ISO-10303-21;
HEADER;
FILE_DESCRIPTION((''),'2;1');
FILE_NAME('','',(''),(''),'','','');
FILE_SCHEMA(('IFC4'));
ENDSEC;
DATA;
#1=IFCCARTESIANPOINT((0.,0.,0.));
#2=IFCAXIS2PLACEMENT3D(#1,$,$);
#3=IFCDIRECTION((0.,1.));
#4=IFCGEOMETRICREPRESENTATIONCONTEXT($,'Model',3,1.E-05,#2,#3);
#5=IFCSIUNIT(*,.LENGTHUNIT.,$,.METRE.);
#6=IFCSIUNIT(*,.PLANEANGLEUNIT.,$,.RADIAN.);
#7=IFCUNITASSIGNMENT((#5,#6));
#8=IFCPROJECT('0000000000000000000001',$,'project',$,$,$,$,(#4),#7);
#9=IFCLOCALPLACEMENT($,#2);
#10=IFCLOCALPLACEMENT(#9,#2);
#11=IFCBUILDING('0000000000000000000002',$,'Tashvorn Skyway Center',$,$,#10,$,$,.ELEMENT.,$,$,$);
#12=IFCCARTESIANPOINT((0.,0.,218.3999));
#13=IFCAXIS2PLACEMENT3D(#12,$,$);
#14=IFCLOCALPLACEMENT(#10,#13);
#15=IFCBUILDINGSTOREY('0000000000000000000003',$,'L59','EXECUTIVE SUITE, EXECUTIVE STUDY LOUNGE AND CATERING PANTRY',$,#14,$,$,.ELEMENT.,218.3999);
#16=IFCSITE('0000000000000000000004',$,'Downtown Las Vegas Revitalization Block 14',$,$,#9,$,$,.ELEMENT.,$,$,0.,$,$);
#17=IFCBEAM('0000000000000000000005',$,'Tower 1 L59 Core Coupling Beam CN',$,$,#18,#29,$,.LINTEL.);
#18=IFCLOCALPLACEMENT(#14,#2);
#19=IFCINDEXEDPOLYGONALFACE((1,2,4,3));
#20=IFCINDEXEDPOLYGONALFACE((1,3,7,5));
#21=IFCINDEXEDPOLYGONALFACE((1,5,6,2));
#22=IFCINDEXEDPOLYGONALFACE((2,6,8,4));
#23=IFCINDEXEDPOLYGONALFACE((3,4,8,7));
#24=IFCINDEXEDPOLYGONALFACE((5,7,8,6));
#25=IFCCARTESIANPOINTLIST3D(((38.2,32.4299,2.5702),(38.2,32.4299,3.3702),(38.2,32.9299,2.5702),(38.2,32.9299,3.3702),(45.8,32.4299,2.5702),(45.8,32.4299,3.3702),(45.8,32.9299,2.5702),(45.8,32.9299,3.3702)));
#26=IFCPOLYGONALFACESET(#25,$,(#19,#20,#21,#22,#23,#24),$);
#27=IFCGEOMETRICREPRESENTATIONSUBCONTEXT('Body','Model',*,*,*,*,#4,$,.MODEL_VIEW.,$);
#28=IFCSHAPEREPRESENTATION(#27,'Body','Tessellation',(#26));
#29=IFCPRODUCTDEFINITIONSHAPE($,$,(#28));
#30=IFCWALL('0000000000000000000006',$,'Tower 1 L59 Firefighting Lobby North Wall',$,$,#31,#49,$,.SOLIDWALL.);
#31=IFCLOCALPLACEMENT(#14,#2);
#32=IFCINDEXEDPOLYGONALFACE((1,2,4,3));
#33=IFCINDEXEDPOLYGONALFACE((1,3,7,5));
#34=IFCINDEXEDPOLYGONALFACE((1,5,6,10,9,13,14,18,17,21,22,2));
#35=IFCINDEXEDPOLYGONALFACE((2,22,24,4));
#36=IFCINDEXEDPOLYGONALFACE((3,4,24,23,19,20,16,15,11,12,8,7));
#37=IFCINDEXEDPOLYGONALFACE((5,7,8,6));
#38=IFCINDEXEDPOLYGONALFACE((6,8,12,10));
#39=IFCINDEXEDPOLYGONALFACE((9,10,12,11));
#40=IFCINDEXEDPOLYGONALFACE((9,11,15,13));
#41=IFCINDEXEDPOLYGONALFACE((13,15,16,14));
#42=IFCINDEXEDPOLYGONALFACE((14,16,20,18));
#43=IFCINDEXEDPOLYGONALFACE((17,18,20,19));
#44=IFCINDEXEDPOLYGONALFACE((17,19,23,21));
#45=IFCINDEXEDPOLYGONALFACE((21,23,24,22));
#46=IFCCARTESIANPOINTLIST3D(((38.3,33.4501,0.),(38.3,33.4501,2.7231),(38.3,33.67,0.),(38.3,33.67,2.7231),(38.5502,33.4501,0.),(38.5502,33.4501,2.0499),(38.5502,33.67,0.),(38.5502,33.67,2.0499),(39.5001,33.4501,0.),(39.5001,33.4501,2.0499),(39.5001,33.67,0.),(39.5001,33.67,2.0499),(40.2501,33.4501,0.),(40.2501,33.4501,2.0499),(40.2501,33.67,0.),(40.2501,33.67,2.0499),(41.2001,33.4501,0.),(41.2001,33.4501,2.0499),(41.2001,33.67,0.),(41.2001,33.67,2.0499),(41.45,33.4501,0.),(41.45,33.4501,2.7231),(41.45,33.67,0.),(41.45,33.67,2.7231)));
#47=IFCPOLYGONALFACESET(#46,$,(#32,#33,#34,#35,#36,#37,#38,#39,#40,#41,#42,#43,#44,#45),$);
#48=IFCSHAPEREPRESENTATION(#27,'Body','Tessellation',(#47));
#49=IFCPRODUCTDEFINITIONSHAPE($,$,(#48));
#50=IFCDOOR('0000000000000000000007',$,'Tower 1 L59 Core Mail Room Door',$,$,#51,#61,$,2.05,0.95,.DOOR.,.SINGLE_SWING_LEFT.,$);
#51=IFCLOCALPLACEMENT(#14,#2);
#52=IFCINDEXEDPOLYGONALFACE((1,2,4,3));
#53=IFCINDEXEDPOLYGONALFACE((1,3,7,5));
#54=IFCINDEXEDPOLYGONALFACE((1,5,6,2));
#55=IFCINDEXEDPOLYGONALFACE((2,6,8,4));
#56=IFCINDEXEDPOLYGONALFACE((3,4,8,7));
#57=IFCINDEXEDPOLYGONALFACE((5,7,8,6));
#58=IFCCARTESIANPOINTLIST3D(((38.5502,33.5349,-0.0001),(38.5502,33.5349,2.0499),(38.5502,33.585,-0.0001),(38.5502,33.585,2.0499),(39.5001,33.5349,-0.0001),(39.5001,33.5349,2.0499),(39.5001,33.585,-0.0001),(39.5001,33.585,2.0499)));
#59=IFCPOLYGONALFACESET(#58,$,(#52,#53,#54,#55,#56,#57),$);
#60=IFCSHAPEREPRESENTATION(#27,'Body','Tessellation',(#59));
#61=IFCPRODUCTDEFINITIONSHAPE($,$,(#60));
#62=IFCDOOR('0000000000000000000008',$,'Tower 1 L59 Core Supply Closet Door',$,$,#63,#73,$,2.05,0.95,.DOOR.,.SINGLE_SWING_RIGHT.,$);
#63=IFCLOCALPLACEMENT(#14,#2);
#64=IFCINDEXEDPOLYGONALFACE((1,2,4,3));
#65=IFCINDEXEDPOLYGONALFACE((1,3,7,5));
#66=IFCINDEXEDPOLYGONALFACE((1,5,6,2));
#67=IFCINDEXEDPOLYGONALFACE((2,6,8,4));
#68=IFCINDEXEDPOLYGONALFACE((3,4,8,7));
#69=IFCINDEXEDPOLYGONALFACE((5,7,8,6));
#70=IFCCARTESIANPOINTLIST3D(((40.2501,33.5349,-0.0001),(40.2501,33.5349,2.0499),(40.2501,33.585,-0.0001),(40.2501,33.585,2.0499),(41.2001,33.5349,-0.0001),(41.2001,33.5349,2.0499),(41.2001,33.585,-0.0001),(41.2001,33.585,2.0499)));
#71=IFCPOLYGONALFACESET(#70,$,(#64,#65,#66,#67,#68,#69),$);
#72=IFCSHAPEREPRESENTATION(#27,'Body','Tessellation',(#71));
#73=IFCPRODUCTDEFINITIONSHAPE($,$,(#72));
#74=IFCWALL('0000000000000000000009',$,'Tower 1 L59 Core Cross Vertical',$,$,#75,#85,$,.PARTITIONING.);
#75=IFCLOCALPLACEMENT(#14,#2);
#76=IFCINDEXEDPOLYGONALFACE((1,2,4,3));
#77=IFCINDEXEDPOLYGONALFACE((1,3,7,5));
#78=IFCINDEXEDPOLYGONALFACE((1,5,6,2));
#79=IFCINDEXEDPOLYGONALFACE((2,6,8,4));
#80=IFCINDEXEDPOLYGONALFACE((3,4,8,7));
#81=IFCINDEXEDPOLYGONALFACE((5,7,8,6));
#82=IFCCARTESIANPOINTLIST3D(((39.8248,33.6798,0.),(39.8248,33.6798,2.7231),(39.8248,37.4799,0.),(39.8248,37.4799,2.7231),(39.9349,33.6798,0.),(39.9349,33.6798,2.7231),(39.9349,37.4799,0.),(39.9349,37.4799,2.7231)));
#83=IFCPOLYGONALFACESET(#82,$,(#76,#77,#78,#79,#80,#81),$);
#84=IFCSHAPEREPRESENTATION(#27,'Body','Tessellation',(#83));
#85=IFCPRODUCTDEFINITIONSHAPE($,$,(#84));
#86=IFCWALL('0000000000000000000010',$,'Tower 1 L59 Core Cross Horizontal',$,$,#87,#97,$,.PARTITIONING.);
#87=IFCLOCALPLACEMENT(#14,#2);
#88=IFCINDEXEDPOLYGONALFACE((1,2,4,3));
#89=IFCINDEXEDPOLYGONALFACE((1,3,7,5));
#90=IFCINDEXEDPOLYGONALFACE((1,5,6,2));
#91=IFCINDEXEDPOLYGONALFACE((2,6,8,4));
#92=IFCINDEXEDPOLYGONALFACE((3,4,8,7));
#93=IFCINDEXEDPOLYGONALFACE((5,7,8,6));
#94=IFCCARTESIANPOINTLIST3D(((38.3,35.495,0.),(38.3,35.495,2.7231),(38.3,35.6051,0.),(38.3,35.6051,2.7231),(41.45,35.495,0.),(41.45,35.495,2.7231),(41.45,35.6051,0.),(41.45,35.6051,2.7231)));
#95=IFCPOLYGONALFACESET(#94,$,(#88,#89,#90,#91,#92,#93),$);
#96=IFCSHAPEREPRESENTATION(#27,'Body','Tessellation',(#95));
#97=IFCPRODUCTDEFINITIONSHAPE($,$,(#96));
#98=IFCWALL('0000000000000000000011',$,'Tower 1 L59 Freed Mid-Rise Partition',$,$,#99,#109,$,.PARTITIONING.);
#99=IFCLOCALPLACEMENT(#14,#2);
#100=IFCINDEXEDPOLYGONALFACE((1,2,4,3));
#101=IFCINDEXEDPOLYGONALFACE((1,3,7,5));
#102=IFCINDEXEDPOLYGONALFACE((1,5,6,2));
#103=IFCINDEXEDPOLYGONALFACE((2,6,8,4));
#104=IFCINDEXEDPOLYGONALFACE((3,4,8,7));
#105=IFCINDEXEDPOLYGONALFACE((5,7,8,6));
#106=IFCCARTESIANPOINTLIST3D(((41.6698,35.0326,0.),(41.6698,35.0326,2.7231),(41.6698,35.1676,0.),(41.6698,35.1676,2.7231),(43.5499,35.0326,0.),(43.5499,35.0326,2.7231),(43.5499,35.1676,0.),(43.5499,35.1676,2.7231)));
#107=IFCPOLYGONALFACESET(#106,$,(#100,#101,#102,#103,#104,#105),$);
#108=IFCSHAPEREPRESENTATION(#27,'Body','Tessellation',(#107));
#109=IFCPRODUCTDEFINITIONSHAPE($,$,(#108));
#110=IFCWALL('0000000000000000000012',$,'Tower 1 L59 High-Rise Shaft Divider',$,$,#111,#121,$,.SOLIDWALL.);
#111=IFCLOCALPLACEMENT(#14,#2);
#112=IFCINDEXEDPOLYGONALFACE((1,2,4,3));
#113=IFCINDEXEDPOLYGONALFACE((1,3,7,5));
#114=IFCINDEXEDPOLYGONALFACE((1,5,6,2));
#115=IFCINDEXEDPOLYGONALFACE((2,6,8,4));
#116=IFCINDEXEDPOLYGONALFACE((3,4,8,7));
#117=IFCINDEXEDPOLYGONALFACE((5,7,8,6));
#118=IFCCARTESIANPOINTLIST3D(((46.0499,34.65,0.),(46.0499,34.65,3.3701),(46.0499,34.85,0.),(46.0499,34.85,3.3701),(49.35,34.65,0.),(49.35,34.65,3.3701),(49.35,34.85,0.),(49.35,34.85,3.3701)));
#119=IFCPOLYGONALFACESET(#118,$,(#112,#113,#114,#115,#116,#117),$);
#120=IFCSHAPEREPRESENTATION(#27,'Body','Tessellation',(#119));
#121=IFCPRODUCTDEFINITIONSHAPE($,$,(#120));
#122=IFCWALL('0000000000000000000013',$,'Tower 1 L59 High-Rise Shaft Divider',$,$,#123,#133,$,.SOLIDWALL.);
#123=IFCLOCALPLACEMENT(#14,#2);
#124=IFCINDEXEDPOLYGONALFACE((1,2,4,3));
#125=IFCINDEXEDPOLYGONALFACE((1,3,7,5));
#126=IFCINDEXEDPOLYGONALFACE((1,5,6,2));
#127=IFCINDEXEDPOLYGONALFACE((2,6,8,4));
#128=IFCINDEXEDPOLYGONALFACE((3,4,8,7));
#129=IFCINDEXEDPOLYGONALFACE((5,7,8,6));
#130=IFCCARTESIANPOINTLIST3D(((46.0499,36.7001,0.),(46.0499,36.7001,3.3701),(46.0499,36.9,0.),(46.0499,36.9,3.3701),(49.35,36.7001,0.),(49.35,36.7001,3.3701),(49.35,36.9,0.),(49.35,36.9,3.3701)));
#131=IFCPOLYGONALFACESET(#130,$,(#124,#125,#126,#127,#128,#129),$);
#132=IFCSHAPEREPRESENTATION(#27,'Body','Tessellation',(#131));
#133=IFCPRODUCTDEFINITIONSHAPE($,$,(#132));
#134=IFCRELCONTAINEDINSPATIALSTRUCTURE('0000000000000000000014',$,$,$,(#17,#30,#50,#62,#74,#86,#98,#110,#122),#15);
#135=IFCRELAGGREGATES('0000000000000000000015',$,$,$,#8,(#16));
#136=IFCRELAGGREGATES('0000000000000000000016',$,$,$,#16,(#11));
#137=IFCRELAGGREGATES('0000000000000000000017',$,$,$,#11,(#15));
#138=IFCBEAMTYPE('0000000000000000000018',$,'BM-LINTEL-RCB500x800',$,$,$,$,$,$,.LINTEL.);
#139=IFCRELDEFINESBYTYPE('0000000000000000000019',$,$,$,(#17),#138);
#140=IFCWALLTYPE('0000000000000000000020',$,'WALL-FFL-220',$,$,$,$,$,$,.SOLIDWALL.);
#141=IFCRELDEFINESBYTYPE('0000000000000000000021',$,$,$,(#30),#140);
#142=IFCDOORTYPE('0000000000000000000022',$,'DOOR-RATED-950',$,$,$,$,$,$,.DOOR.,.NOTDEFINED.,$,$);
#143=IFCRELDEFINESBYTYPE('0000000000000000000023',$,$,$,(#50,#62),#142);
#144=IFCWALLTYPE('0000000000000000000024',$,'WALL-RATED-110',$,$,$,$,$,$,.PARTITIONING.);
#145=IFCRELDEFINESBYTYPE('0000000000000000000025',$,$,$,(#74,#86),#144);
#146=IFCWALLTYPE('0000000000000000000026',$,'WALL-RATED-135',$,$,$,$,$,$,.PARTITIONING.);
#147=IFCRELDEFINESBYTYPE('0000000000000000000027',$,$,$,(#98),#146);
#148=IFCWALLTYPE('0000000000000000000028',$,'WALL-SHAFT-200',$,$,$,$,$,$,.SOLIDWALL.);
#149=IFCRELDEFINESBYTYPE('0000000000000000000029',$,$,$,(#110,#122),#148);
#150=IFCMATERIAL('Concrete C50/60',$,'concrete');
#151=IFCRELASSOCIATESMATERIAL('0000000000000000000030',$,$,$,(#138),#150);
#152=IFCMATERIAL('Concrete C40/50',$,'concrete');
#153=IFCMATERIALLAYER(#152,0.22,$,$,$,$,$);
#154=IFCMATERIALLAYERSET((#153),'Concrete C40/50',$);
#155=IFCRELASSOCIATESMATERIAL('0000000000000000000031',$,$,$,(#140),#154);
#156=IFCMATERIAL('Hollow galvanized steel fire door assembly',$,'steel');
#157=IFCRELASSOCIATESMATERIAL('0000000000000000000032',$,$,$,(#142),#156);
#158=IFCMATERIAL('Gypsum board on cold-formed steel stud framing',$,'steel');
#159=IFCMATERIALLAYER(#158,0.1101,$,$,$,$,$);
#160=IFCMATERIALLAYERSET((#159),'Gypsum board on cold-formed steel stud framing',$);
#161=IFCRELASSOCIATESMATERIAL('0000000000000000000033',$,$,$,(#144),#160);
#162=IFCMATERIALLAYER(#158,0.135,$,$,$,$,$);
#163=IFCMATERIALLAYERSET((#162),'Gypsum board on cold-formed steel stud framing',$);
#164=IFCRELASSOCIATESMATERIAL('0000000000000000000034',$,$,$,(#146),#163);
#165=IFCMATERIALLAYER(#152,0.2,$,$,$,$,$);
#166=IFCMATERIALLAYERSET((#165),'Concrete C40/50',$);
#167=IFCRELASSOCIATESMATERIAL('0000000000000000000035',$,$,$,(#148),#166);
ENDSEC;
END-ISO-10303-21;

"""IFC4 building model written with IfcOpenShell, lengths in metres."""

from ifc_helpers import new_model, si_unit, direction, frame, frame_2d, origin, origin_2d, place, context, subcontext, project, spatial, rectangle, extrude, material, layer, layer_set, material_profile, profile_set, type_object, element, fill, save


model = new_model("IFC4")

# Units and contexts
model_context = context("Model", 3, precision=1e-05, world=origin(), true_north=direction((0.0, 1.0)))
body_context = subcontext(model_context, "Body", "Model", "MODEL_VIEW")
ifc_project = project(units=[si_unit("LENGTHUNIT", "METRE"), si_unit("PLANEANGLEUNIT", "RADIAN")], contexts=[model_context])

# Site, building, storey
site_placement = place(None, origin())
site = spatial("IfcSite", under=ifc_project, at=site_placement, Name="Downtown Las Vegas Revitalization Block 14", CompositionType="ELEMENT", RefElevation=0.0)
building_placement = place(site_placement, origin())
building = spatial("IfcBuilding", under=site, at=building_placement, Name="Tashvorn Skyway Center", CompositionType="ELEMENT")
storey_placement = place(building_placement, frame((0.0, 0.0, 218.3999)))
storey = spatial("IfcBuildingStorey", under=building, at=storey_placement, Name="L59", Description="EXECUTIVE SUITE, EXECUTIVE STUDY LOUNGE AND CATERING PANTRY", CompositionType="ELEMENT", Elevation=218.3999)

# Beam
ifc_material_1 = material(Name="Concrete C50/60", Category="concrete")
ifc_material_profile = material_profile(ifc_material_1, rectangle(XDim=0.5, YDim=0.8, at=origin_2d()), Name="RCB500x800")
ifc_profile_set = profile_set([ifc_material_profile], Name="Concrete C50/60")
beam_type = type_object("IfcBeamType", Name="BM-LINTEL-RCB500x800", PredefinedType="LINTEL", material=ifc_profile_set)
beam_placement = place(storey_placement, frame((38.2, 32.6799, 2.9702), z_axis=(1.0, 0.0, 0.0), x_axis=(0.0, 1.0, 0.0)))
element("IfcBeam", 1, at=beam_placement, inside=storey, type_object=beam_type, Name="Tower 1 L59 Core Coupling Beam CN", PredefinedType="LINTEL", context=body_context, shape_type="SweptSolid", body=[
    extrude(rectangle(XDim=0.5, YDim=0.8, at=origin_2d()), origin(), (0.0, 0.0, 1.0), 7.6001),
])

# Wall, openings, doors
ifc_material_2 = material(Name="Concrete C40/50", Category="concrete")
ifc_layer_1 = layer(ifc_material_2, 0.22)
ifc_layer_set_1 = layer_set([ifc_layer_1], Name="Concrete C40/50")
wall_type_1 = type_object("IfcWallType", Name="WALL-FFL-220", PredefinedType="SOLIDWALL", material=ifc_layer_set_1)
wall_1_placement = place(storey_placement, frame((38.3, 33.5601, 0.0), z_axis=(0.0, 0.0, 1.0), x_axis=(1.0, 0.0, 0.0)))
wall_1 = element("IfcWall", 2, at=wall_1_placement, inside=storey, type_object=wall_type_1, Name="Tower 1 L59 Firefighting Lobby North Wall", PredefinedType="SOLIDWALL", context=body_context, shape_type="SweptSolid", body=[
    extrude(rectangle(XDim=3.1499, YDim=0.22, at=frame_2d((1.575, 0.0))), origin(), (0.0, 0.0, 1.0), 2.7231),
])
opening_1_placement = place(wall_1_placement, frame((0.25, 0.0, 0.0)))
opening_1 = element("IfcOpeningElement", 3, at=opening_1_placement, cuts=wall_1, PredefinedType="OPENING", context=body_context, shape_type="SweptSolid", body=[
    extrude(rectangle(XDim=0.95, YDim=2.05, at=frame_2d((0.4751, 1.0249))), frame((0.0, 0.1199, 0.0), z_axis=(0.0, -1.0, 0.0), x_axis=(1.0, 0.0, 0.0)), (0.0, 0.0, 1.0), 0.24),
])
opening_2_placement = place(wall_1_placement, frame((1.95, 0.0, 0.0)))
opening_2 = element("IfcOpeningElement", 4, at=opening_2_placement, cuts=wall_1, PredefinedType="OPENING", context=body_context, shape_type="SweptSolid", body=[
    extrude(rectangle(XDim=0.95, YDim=2.05, at=frame_2d((0.4751, 1.0249))), frame((0.0, 0.1199, 0.0), z_axis=(0.0, -1.0, 0.0), x_axis=(1.0, 0.0, 0.0)), (0.0, 0.0, 1.0), 0.24),
])
ifc_material_3 = material(Name="Hollow galvanized steel fire door assembly", Category="steel")
door_type_1 = type_object("IfcDoorType", Name="DOOR-RATED-950", OperationType="NOTDEFINED", PredefinedType="DOOR", material=ifc_material_3)
door_1_placement = place(opening_1_placement, origin())
door_1 = element("IfcDoor", 5, at=door_1_placement, inside=storey, type_object=door_type_1, Name="Tower 1 L59 Core Mail Room Door", OperationType="SINGLE_SWING_LEFT", OverallHeight=2.05, OverallWidth=0.95, PredefinedType="DOOR", context=body_context, shape_type="SweptSolid", body=[
    extrude(rectangle(XDim=0.95, YDim=2.05, at=frame_2d((0.4751, 1.0249))), frame((0.0, 0.0249, 0.0), z_axis=(0.0, -1.0, 0.0), x_axis=(1.0, 0.0, 0.0)), (0.0, 0.0, 1.0), 0.05),
])
fill(opening_1, door_1)
door_2_placement = place(opening_2_placement, origin())
door_2 = element("IfcDoor", 6, at=door_2_placement, inside=storey, type_object=door_type_1, Name="Tower 1 L59 Core Supply Closet Door", OperationType="SINGLE_SWING_RIGHT", OverallHeight=2.05, OverallWidth=0.95, PredefinedType="DOOR", context=body_context, shape_type="SweptSolid", body=[
    extrude(rectangle(XDim=0.95, YDim=2.05, at=frame_2d((0.4751, 1.0249))), frame((0.0, 0.0249, 0.0), z_axis=(0.0, -1.0, 0.0), x_axis=(1.0, 0.0, 0.0)), (0.0, 0.0, 1.0), 0.05),
])
fill(opening_2, door_2)

# Walls
ifc_material_4 = material(Name="Gypsum board on cold-formed steel stud framing", Category="steel")
ifc_layer_2 = layer(ifc_material_4, 0.1101)
ifc_layer_set_2 = layer_set([ifc_layer_2], Name="Gypsum board on cold-formed steel stud framing")
wall_type_2 = type_object("IfcWallType", Name="WALL-RATED-110", PredefinedType="PARTITIONING", material=ifc_layer_set_2)
wall_2_placement = place(storey_placement, frame((39.8799, 33.6799, 0.0), z_axis=(0.0, 0.0, 1.0), x_axis=(0.0, 1.0, 0.0)))
element("IfcWall", 7, at=wall_2_placement, inside=storey, type_object=wall_type_2, Name="Tower 1 L59 Core Cross Vertical", PredefinedType="PARTITIONING", context=body_context, shape_type="SweptSolid", body=[
    extrude(rectangle(XDim=3.8, YDim=0.1101, at=frame_2d((1.8999, 0.0))), origin(), (0.0, 0.0, 1.0), 2.7231),
])
wall_3_placement = place(storey_placement, frame((38.3, 35.55, 0.0), z_axis=(0.0, 0.0, 1.0), x_axis=(1.0, 0.0, 0.0)))
element("IfcWall", 8, at=wall_3_placement, inside=storey, type_object=wall_type_2, Name="Tower 1 L59 Core Cross Horizontal", PredefinedType="PARTITIONING", context=body_context, shape_type="SweptSolid", body=[
    extrude(rectangle(XDim=3.1499, YDim=0.1101, at=frame_2d((1.575, 0.0))), origin(), (0.0, 0.0, 1.0), 2.7231),
])
ifc_layer_3 = layer(ifc_material_4, 0.135)
ifc_layer_set_3 = layer_set([ifc_layer_3], Name="Gypsum board on cold-formed steel stud framing")
wall_type_3 = type_object("IfcWallType", Name="WALL-RATED-135", PredefinedType="PARTITIONING", material=ifc_layer_set_3)
wall_4_placement = place(storey_placement, frame((41.6699, 35.1001, 0.0), z_axis=(0.0, 0.0, 1.0), x_axis=(1.0, 0.0, 0.0)))
element("IfcWall", 9, at=wall_4_placement, inside=storey, type_object=wall_type_3, Name="Tower 1 L59 Freed Mid-Rise Partition", PredefinedType="PARTITIONING", context=body_context, shape_type="SweptSolid", body=[
    extrude(rectangle(XDim=1.8801, YDim=0.135, at=frame_2d((0.9399, 0.0))), origin(), (0.0, 0.0, 1.0), 2.7231),
])
ifc_layer_4 = layer(ifc_material_2, 0.2)
ifc_layer_set_4 = layer_set([ifc_layer_4], Name="Concrete C40/50")
wall_type_4 = type_object("IfcWallType", Name="WALL-SHAFT-200", PredefinedType="SOLIDWALL", material=ifc_layer_set_4)
for number, where, z_axis, x_axis, name in (
    (10, (46.05, 34.75, 0.0), (0.0, 0.0, 1.0), (1.0, 0.0, 0.0), "Tower 1 L59 High-Rise Shaft Divider"),
    (11, (46.05, 36.8, 0.0), (0.0, 0.0, 1.0), (1.0, 0.0, 0.0), "Tower 1 L59 High-Rise Shaft Divider"),
):
    element("IfcWall", number, at=place(storey_placement, frame(where, z_axis=z_axis, x_axis=x_axis)), inside=storey, type_object=wall_type_4, Name=name, PredefinedType="SOLIDWALL", context=body_context, shape_type="SweptSolid", body=[
        extrude(rectangle(XDim=3.3, YDim=0.2, at=frame_2d((1.6499, 0.0))), origin(), (0.0, 0.0, 1.0), 3.3701),
    ])

save(model, "model.ifc")
